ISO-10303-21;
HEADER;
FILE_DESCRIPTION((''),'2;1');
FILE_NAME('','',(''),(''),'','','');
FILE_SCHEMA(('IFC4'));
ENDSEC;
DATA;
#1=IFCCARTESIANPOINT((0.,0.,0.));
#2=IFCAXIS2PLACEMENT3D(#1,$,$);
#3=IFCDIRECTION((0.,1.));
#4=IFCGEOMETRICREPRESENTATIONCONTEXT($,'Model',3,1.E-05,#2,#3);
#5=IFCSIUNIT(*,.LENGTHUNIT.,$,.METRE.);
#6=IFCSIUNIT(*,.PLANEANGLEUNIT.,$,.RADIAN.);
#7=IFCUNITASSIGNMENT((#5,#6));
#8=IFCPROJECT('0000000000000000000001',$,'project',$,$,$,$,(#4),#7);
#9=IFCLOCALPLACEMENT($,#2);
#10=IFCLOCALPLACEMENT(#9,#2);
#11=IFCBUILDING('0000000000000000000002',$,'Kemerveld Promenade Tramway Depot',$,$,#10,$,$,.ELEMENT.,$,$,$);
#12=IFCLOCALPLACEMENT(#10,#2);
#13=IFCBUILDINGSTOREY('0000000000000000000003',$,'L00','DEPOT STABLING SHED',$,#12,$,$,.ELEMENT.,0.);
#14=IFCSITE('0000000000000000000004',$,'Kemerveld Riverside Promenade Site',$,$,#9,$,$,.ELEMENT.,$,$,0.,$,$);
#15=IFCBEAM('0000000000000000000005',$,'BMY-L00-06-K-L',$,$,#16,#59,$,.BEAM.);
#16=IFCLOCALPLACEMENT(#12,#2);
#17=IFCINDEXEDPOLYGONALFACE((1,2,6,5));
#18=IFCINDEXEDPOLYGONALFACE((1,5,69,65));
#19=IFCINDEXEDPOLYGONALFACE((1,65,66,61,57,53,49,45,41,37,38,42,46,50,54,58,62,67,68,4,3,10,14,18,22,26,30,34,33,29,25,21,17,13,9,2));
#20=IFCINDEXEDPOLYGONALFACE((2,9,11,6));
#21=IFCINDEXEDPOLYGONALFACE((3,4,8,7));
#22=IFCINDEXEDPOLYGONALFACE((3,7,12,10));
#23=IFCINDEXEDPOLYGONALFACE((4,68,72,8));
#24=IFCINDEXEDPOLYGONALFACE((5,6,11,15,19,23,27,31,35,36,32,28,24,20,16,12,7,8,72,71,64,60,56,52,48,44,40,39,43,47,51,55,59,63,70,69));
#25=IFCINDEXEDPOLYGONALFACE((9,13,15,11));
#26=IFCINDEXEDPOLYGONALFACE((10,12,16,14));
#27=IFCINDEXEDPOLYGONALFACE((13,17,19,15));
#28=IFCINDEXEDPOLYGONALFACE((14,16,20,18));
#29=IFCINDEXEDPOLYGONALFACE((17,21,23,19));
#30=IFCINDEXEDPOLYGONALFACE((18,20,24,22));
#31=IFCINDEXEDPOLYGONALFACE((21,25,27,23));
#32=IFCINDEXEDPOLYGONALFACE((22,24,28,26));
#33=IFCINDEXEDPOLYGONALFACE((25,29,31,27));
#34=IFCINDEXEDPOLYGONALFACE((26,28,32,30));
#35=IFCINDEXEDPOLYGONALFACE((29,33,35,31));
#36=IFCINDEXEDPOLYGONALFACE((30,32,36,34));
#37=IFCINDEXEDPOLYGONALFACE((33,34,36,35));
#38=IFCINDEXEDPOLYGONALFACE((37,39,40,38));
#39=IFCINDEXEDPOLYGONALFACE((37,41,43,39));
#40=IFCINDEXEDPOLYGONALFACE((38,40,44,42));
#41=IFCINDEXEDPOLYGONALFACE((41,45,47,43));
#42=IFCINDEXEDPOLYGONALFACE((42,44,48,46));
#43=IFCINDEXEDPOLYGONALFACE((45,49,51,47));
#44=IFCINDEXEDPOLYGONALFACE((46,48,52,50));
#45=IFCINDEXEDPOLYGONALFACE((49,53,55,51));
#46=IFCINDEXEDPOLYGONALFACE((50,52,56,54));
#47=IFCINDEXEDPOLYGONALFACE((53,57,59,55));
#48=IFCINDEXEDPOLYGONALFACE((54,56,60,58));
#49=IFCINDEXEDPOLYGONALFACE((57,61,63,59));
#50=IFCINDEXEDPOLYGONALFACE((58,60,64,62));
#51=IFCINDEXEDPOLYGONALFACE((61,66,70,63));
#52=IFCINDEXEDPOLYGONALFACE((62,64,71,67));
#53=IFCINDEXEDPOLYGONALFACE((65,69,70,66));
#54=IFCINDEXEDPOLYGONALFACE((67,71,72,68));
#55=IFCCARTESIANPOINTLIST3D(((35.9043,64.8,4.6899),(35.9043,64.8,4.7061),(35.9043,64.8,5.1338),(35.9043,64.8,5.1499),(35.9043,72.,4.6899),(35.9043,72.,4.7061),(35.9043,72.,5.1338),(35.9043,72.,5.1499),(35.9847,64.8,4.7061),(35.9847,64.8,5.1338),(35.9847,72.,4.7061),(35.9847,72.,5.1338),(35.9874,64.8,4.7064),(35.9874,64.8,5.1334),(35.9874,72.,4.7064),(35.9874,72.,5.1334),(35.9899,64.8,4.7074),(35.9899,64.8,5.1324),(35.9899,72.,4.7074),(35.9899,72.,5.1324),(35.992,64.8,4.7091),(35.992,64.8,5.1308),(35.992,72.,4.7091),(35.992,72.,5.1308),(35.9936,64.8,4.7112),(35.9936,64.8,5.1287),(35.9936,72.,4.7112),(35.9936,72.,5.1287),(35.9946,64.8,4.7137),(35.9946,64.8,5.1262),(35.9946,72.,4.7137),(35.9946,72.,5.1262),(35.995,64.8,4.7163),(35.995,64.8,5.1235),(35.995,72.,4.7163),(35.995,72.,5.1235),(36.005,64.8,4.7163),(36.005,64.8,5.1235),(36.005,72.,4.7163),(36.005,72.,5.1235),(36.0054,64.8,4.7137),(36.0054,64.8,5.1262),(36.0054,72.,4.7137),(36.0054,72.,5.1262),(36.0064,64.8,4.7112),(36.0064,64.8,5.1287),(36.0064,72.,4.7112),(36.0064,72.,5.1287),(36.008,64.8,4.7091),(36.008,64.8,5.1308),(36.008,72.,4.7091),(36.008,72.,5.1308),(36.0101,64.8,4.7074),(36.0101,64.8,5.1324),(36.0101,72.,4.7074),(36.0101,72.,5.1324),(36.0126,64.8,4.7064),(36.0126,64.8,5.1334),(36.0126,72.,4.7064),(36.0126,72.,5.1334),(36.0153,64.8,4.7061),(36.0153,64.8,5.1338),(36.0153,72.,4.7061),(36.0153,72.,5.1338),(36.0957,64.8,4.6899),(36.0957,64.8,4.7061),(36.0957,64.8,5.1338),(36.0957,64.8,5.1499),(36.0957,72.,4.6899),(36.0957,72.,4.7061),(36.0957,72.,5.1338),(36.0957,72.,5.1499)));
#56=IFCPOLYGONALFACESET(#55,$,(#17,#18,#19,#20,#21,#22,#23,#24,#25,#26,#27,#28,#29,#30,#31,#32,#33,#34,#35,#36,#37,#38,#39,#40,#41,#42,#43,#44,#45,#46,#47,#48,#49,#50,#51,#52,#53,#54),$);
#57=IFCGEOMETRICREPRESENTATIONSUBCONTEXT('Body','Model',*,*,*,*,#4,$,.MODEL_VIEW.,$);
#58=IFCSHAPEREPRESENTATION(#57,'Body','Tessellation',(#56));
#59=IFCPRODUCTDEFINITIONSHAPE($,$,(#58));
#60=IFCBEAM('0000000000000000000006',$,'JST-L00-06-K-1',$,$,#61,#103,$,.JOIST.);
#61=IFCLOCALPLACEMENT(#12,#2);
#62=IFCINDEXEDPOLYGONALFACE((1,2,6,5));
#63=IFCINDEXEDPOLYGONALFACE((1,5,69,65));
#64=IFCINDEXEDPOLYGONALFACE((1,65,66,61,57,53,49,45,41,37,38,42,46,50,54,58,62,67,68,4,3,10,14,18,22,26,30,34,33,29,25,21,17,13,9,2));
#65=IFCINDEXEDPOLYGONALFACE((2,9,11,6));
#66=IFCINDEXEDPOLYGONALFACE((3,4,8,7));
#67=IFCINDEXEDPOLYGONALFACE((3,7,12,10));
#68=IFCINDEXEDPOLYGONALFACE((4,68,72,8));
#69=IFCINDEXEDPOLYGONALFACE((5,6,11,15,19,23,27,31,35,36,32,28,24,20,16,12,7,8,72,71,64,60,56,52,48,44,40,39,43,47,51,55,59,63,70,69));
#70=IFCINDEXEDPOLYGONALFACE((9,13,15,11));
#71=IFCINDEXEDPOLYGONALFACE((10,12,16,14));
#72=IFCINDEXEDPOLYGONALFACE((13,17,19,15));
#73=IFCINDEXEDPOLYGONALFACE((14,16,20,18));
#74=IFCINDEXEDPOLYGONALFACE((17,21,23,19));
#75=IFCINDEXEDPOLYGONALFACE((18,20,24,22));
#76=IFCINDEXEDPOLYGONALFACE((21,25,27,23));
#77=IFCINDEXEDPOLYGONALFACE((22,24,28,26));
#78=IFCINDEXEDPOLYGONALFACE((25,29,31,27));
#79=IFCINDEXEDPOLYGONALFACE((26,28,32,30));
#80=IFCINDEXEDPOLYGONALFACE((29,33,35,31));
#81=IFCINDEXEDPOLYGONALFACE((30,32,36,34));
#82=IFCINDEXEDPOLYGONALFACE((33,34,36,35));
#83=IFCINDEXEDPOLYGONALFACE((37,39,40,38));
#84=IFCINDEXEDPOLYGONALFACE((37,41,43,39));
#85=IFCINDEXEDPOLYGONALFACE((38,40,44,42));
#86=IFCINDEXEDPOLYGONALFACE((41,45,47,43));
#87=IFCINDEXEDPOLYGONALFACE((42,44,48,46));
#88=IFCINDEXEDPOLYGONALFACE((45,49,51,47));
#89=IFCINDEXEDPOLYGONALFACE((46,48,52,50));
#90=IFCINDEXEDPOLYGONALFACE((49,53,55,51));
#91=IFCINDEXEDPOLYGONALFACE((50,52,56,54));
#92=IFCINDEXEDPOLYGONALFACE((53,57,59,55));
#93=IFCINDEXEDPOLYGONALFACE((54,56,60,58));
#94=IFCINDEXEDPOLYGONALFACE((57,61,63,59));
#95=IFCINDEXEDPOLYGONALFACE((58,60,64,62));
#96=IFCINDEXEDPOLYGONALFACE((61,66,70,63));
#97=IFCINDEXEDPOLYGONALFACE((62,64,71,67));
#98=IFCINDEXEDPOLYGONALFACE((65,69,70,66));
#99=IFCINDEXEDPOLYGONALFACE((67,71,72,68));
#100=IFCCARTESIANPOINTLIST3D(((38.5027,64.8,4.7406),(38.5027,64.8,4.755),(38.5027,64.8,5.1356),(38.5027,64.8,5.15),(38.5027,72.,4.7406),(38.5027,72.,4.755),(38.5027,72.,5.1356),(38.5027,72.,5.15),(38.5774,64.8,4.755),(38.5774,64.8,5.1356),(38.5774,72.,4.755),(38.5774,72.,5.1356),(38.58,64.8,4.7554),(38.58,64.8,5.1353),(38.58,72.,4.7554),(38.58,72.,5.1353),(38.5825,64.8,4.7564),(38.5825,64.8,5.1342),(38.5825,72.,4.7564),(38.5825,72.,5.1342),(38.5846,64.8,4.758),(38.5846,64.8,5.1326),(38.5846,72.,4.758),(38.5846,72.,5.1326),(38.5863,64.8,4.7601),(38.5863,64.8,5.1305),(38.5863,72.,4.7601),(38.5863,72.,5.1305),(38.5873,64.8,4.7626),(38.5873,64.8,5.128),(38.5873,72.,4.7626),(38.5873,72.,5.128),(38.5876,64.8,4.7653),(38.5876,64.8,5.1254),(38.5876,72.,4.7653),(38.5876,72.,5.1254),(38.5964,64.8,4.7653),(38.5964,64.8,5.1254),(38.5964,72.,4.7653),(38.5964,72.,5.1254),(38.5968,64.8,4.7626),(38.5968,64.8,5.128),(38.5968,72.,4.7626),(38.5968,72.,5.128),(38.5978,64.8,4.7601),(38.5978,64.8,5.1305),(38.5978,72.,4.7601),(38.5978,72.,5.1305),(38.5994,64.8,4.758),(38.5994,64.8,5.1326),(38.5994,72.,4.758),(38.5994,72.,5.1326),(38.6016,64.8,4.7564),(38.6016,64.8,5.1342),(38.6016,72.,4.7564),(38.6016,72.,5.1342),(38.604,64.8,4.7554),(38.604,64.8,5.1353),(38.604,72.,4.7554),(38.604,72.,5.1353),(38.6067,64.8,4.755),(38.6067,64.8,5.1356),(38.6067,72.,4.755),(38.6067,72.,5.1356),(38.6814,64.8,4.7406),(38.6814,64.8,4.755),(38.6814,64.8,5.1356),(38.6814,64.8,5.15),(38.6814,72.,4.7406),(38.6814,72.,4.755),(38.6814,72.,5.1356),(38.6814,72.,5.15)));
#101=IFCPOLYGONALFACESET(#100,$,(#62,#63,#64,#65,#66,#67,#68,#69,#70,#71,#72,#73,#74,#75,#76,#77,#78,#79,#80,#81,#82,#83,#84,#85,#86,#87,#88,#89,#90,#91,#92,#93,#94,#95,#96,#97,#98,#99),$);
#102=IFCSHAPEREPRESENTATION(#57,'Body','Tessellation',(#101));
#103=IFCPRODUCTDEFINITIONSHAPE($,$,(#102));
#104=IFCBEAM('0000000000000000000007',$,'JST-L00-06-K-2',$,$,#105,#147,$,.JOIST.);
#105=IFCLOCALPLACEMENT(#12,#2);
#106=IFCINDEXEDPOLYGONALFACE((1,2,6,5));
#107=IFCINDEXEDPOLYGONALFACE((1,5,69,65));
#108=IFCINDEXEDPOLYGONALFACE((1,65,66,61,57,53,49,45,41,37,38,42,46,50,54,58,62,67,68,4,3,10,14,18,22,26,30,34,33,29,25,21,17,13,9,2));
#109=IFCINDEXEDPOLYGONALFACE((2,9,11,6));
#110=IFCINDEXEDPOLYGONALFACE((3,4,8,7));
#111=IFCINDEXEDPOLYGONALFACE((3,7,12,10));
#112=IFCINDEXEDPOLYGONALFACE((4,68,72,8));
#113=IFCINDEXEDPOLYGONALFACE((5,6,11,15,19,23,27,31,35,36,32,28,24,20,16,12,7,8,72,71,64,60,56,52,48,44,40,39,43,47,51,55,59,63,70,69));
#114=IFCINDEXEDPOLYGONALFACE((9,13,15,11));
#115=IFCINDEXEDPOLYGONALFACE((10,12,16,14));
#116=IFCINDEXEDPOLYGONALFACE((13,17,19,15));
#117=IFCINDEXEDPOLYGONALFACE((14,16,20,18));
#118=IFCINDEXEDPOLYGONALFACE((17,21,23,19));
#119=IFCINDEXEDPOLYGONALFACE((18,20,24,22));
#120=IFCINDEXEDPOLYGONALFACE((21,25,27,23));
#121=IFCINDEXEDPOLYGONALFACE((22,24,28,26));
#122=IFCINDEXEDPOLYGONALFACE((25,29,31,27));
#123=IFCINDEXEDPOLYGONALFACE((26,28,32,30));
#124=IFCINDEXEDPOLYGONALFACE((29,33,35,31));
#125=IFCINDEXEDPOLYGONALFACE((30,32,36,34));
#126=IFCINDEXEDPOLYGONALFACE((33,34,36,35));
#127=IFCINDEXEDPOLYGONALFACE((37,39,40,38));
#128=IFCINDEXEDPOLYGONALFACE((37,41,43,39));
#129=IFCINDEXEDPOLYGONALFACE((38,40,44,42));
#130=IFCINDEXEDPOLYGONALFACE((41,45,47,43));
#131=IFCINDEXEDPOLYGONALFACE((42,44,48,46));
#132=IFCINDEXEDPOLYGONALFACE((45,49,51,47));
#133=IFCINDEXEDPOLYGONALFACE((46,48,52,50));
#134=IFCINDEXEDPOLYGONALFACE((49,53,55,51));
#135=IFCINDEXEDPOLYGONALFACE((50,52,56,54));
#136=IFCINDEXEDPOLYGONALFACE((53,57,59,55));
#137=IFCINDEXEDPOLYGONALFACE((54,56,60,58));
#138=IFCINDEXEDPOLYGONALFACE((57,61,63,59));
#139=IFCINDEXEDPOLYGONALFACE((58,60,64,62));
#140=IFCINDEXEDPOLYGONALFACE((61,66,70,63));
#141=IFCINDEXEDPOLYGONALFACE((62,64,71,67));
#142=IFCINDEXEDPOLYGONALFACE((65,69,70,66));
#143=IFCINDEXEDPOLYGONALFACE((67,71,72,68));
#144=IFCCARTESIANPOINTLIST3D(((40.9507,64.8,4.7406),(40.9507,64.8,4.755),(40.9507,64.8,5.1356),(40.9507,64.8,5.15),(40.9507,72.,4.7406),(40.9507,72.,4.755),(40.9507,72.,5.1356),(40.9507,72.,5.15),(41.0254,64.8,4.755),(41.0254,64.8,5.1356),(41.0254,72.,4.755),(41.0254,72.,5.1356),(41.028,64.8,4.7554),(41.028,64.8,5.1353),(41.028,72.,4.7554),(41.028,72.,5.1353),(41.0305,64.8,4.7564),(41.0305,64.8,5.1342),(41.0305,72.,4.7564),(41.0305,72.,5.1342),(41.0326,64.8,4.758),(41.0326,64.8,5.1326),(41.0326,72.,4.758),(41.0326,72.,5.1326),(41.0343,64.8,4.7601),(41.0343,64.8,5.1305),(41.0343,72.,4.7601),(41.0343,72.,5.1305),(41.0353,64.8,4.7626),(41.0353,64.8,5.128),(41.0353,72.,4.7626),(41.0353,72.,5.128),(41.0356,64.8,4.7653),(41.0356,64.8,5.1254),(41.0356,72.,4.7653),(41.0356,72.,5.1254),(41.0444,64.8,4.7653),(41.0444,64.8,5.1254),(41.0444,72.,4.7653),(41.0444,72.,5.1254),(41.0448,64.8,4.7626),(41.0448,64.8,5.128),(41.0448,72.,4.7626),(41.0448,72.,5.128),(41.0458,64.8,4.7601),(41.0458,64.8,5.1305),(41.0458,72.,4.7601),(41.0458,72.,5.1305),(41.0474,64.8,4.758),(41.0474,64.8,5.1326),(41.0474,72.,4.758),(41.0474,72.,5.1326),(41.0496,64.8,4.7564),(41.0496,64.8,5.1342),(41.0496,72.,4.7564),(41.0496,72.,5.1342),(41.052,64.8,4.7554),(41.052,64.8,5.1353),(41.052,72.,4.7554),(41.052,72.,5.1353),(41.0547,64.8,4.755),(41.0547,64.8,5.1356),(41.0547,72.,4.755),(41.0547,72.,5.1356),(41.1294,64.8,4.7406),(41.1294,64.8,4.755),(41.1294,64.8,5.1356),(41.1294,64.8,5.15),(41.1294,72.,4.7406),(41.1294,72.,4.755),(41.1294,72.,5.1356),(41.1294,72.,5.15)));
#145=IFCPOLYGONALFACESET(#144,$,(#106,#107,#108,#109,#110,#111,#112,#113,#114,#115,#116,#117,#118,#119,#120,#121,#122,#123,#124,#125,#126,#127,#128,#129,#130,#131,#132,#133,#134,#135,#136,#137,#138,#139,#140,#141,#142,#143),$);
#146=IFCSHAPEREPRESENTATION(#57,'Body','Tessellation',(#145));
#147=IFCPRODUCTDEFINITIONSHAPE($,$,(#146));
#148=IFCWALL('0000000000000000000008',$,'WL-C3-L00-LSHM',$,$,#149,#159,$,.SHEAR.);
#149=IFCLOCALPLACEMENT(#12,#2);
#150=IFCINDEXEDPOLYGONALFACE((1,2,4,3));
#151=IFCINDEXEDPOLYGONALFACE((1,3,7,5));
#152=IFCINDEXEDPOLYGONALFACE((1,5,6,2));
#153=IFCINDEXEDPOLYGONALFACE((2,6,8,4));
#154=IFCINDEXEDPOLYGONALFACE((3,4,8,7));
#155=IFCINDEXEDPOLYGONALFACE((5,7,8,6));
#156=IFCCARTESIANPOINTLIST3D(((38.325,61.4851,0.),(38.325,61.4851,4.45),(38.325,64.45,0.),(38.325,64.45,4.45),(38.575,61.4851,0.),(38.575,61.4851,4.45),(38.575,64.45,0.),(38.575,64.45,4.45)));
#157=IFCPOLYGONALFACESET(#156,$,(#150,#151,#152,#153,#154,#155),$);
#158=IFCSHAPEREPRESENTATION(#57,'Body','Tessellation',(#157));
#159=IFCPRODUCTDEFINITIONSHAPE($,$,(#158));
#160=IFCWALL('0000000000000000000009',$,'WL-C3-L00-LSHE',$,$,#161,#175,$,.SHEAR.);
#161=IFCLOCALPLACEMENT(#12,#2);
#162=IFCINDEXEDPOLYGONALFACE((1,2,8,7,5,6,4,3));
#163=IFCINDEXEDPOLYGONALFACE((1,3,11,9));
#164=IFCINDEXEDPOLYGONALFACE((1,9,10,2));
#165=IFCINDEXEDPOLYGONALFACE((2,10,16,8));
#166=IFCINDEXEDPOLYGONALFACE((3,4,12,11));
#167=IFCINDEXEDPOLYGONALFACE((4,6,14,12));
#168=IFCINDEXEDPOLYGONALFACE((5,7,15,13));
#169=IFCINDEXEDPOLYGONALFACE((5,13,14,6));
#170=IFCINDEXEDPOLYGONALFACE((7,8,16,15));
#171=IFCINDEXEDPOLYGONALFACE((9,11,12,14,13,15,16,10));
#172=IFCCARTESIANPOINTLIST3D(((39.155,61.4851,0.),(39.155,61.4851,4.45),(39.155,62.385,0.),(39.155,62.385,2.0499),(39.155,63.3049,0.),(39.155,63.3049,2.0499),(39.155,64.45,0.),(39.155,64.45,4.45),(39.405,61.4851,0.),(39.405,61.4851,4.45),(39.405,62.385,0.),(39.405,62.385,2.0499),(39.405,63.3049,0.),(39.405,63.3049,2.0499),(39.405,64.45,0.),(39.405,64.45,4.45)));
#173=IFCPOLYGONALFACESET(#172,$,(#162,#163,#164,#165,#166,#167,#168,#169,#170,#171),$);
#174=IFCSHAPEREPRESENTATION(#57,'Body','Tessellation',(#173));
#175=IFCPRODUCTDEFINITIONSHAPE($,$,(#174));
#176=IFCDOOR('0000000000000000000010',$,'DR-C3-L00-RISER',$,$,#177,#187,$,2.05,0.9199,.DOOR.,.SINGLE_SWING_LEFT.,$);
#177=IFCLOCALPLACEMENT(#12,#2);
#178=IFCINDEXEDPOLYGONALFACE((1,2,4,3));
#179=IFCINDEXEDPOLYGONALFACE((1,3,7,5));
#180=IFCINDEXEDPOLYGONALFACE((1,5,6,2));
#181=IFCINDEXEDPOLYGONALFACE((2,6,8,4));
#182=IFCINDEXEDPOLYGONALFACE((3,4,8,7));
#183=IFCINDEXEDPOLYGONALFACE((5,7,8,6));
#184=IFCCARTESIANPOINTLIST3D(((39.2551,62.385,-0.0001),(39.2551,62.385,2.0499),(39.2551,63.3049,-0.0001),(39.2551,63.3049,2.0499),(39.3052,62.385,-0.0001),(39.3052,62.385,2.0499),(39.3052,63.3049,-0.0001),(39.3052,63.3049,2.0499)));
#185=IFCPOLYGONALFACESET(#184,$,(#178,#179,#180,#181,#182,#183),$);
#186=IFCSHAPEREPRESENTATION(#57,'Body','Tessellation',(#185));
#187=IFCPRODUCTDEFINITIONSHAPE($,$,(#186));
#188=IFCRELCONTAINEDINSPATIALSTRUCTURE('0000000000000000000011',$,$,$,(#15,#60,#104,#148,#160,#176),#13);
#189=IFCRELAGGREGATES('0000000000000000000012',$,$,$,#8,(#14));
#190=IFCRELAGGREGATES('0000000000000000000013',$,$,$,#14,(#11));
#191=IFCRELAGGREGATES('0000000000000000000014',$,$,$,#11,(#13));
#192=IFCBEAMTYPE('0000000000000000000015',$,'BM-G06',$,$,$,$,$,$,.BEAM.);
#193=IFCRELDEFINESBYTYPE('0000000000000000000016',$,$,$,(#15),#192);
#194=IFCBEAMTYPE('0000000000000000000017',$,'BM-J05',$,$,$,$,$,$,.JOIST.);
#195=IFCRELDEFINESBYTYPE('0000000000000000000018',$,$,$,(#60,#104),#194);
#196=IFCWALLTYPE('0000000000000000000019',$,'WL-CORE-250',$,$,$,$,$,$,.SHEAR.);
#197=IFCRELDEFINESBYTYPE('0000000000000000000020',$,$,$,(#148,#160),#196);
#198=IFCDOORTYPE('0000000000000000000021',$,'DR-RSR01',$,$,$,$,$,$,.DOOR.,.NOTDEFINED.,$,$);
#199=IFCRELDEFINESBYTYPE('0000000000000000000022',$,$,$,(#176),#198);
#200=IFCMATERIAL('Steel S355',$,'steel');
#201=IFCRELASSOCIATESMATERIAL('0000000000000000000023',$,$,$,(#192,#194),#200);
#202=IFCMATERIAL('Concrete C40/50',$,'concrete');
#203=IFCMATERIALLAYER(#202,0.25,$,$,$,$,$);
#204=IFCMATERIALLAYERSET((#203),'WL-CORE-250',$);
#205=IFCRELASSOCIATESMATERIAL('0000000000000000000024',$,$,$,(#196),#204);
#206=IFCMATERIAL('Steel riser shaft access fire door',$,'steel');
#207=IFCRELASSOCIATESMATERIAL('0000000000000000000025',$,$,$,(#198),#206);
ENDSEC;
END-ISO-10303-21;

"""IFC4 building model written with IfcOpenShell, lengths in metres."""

from ifc_helpers import new_model, si_unit, direction, frame, frame_2d, origin, origin_2d, place, context, subcontext, project, spatial, rectangle, i_section, extrude, material, layer, layer_set, material_profile, profile_set, type_object, element, fill, save


model = new_model("IFC4")

# Units and contexts
model_context = context("Model", 3, precision=1e-05, world=origin(), true_north=direction((0.0, 1.0)))
body_context = subcontext(model_context, "Body", "Model", "MODEL_VIEW")
ifc_project = project(units=[si_unit("LENGTHUNIT", "METRE"), si_unit("PLANEANGLEUNIT", "RADIAN")], contexts=[model_context])

# Site, building, storey
site_placement = place(None, origin())
site = spatial("IfcSite", under=ifc_project, at=site_placement, Name="Kemerveld Riverside Promenade Site", CompositionType="ELEMENT", RefElevation=0.0)
building_placement = place(site_placement, origin())
building = spatial("IfcBuilding", under=site, at=building_placement, Name="Kemerveld Promenade Tramway Depot", CompositionType="ELEMENT")
storey_placement = place(building_placement, origin())
storey = spatial("IfcBuildingStorey", under=building, at=storey_placement, Name="L00", Description="DEPOT STABLING SHED", CompositionType="ELEMENT", Elevation=0.0)

# Shared definitions
ifc_material_1 = material(Name="Steel S355", Category="steel")

# Beams
ifc_material_profile_1 = material_profile(ifc_material_1, i_section(OverallWidth=0.1914, OverallDepth=0.46, WebThickness=0.01, FlangeThickness=0.0161, FilletRadius=0.0103, at=origin_2d()), Name="457x191x82 UB")
ifc_profile_set_1 = profile_set([ifc_material_profile_1], Name="Steel S355")
beam_type_1 = type_object("IfcBeamType", Name="BM-G06", PredefinedType="BEAM", material=ifc_profile_set_1)
beam_1_placement = place(storey_placement, frame((36.0, 64.8, 4.9199), z_axis=(0.0, 1.0, 0.0), x_axis=(-1.0, 0.0, 0.0)))
element("IfcBeam", 1, at=beam_1_placement, inside=storey, type_object=beam_type_1, Name="BMY-L00-06-K-L", PredefinedType="BEAM", context=body_context, shape_type="SweptSolid", body=[
    extrude(i_section(OverallWidth=0.1914, OverallDepth=0.46, WebThickness=0.01, FlangeThickness=0.0161, FilletRadius=0.0103, at=origin_2d()), origin(), (0.0, 0.0, 1.0), 7.2),
])
ifc_material_profile_2 = material_profile(ifc_material_1, i_section(OverallWidth=0.1787, OverallDepth=0.4094, WebThickness=0.0088, FlangeThickness=0.0144, FilletRadius=0.0103, at=origin_2d()), Name="406x178x67 UB")
ifc_profile_set_2 = profile_set([ifc_material_profile_2], Name="Steel S355")
beam_type_2 = type_object("IfcBeamType", Name="BM-J05", PredefinedType="JOIST", material=ifc_profile_set_2)
for number, where, z_axis, x_axis, name in (
    (2, (38.592, 64.8, 4.9453), (0.0, 1.0, 0.0), (-1.0, 0.0, 0.0), "JST-L00-06-K-1"),
    (3, (41.04, 64.8, 4.9453), (0.0, 1.0, 0.0), (-1.0, 0.0, 0.0), "JST-L00-06-K-2"),
):
    element("IfcBeam", number, at=place(storey_placement, frame(where, z_axis=z_axis, x_axis=x_axis)), inside=storey, type_object=beam_type_2, Name=name, PredefinedType="JOIST", context=body_context, shape_type="SweptSolid", body=[
        extrude(i_section(OverallWidth=0.1787, OverallDepth=0.4094, WebThickness=0.0088, FlangeThickness=0.0144, FilletRadius=0.0103, at=origin_2d()), origin(), (0.0, 0.0, 1.0), 7.2),
    ])

# Wall
ifc_material_2 = material(Name="Concrete C40/50", Category="concrete")
ifc_layer_1 = layer(ifc_material_2, 0.25)
ifc_layer_set_1 = layer_set([ifc_layer_1], Name="WL-CORE-250")
wall_type_1 = type_object("IfcWallType", Name="WL-CORE-250", PredefinedType="SHEAR", material=ifc_layer_set_1)
wall_1_placement = place(storey_placement, frame((38.45, 61.4851, 0.0), z_axis=(0.0, 0.0, 1.0), x_axis=(0.0, 1.0, 0.0)))
element("IfcWall", 4, at=wall_1_placement, inside=storey, type_object=wall_type_1, Name="WL-C3-L00-LSHM", PredefinedType="SHEAR", context=body_context, shape_type="SweptSolid", body=[
    extrude(rectangle(XDim=2.9648, YDim=0.25, at=frame_2d((1.4824, 0.0))), origin(), (0.0, 0.0, 1.0), 4.45),
])

# Wall, opening, door
wall_2_placement = place(storey_placement, frame((39.28, 61.4851, 0.0), z_axis=(0.0, 0.0, 1.0), x_axis=(0.0, 1.0, 0.0)))
wall_2 = element("IfcWall", 5, at=wall_2_placement, inside=storey, type_object=wall_type_1, Name="WL-C3-L00-LSHE", PredefinedType="SHEAR", context=body_context, shape_type="SweptSolid", body=[
    extrude(rectangle(XDim=2.9648, YDim=0.25, at=frame_2d((1.4824, 0.0))), origin(), (0.0, 0.0, 1.0), 4.45),
])
opening_placement = place(wall_2_placement, frame((0.8999, 0.0, 0.0)))
opening = element("IfcOpeningElement", 6, at=opening_placement, cuts=wall_2, PredefinedType="OPENING", context=body_context, shape_type="SweptSolid", body=[
    extrude(rectangle(XDim=0.9199, YDim=2.05, at=frame_2d((0.46, 1.0249))), frame((0.0, 0.135, 0.0), z_axis=(0.0, -1.0, 0.0), x_axis=(1.0, 0.0, 0.0)), (0.0, 0.0, 1.0), 0.27),
])
ifc_material_3 = material(Name="Steel riser shaft access fire door", Category="steel")
door_type = type_object("IfcDoorType", Name="DR-RSR01", OperationType="NOTDEFINED", PredefinedType="DOOR", material=ifc_material_3)
door_placement = place(opening_placement, origin())
door = element("IfcDoor", 7, at=door_placement, inside=storey, type_object=door_type, Name="DR-C3-L00-RISER", OperationType="SINGLE_SWING_LEFT", OverallHeight=2.05, OverallWidth=0.9199, PredefinedType="DOOR", context=body_context, shape_type="SweptSolid", body=[
    extrude(rectangle(XDim=0.9199, YDim=2.05, at=frame_2d((0.46, 1.0249))), frame((0.0, 0.0249, 0.0), z_axis=(0.0, -1.0, 0.0), x_axis=(1.0, 0.0, 0.0)), (0.0, 0.0, 1.0), 0.05),
])
fill(opening, door)

save(model, "model.ifc")
